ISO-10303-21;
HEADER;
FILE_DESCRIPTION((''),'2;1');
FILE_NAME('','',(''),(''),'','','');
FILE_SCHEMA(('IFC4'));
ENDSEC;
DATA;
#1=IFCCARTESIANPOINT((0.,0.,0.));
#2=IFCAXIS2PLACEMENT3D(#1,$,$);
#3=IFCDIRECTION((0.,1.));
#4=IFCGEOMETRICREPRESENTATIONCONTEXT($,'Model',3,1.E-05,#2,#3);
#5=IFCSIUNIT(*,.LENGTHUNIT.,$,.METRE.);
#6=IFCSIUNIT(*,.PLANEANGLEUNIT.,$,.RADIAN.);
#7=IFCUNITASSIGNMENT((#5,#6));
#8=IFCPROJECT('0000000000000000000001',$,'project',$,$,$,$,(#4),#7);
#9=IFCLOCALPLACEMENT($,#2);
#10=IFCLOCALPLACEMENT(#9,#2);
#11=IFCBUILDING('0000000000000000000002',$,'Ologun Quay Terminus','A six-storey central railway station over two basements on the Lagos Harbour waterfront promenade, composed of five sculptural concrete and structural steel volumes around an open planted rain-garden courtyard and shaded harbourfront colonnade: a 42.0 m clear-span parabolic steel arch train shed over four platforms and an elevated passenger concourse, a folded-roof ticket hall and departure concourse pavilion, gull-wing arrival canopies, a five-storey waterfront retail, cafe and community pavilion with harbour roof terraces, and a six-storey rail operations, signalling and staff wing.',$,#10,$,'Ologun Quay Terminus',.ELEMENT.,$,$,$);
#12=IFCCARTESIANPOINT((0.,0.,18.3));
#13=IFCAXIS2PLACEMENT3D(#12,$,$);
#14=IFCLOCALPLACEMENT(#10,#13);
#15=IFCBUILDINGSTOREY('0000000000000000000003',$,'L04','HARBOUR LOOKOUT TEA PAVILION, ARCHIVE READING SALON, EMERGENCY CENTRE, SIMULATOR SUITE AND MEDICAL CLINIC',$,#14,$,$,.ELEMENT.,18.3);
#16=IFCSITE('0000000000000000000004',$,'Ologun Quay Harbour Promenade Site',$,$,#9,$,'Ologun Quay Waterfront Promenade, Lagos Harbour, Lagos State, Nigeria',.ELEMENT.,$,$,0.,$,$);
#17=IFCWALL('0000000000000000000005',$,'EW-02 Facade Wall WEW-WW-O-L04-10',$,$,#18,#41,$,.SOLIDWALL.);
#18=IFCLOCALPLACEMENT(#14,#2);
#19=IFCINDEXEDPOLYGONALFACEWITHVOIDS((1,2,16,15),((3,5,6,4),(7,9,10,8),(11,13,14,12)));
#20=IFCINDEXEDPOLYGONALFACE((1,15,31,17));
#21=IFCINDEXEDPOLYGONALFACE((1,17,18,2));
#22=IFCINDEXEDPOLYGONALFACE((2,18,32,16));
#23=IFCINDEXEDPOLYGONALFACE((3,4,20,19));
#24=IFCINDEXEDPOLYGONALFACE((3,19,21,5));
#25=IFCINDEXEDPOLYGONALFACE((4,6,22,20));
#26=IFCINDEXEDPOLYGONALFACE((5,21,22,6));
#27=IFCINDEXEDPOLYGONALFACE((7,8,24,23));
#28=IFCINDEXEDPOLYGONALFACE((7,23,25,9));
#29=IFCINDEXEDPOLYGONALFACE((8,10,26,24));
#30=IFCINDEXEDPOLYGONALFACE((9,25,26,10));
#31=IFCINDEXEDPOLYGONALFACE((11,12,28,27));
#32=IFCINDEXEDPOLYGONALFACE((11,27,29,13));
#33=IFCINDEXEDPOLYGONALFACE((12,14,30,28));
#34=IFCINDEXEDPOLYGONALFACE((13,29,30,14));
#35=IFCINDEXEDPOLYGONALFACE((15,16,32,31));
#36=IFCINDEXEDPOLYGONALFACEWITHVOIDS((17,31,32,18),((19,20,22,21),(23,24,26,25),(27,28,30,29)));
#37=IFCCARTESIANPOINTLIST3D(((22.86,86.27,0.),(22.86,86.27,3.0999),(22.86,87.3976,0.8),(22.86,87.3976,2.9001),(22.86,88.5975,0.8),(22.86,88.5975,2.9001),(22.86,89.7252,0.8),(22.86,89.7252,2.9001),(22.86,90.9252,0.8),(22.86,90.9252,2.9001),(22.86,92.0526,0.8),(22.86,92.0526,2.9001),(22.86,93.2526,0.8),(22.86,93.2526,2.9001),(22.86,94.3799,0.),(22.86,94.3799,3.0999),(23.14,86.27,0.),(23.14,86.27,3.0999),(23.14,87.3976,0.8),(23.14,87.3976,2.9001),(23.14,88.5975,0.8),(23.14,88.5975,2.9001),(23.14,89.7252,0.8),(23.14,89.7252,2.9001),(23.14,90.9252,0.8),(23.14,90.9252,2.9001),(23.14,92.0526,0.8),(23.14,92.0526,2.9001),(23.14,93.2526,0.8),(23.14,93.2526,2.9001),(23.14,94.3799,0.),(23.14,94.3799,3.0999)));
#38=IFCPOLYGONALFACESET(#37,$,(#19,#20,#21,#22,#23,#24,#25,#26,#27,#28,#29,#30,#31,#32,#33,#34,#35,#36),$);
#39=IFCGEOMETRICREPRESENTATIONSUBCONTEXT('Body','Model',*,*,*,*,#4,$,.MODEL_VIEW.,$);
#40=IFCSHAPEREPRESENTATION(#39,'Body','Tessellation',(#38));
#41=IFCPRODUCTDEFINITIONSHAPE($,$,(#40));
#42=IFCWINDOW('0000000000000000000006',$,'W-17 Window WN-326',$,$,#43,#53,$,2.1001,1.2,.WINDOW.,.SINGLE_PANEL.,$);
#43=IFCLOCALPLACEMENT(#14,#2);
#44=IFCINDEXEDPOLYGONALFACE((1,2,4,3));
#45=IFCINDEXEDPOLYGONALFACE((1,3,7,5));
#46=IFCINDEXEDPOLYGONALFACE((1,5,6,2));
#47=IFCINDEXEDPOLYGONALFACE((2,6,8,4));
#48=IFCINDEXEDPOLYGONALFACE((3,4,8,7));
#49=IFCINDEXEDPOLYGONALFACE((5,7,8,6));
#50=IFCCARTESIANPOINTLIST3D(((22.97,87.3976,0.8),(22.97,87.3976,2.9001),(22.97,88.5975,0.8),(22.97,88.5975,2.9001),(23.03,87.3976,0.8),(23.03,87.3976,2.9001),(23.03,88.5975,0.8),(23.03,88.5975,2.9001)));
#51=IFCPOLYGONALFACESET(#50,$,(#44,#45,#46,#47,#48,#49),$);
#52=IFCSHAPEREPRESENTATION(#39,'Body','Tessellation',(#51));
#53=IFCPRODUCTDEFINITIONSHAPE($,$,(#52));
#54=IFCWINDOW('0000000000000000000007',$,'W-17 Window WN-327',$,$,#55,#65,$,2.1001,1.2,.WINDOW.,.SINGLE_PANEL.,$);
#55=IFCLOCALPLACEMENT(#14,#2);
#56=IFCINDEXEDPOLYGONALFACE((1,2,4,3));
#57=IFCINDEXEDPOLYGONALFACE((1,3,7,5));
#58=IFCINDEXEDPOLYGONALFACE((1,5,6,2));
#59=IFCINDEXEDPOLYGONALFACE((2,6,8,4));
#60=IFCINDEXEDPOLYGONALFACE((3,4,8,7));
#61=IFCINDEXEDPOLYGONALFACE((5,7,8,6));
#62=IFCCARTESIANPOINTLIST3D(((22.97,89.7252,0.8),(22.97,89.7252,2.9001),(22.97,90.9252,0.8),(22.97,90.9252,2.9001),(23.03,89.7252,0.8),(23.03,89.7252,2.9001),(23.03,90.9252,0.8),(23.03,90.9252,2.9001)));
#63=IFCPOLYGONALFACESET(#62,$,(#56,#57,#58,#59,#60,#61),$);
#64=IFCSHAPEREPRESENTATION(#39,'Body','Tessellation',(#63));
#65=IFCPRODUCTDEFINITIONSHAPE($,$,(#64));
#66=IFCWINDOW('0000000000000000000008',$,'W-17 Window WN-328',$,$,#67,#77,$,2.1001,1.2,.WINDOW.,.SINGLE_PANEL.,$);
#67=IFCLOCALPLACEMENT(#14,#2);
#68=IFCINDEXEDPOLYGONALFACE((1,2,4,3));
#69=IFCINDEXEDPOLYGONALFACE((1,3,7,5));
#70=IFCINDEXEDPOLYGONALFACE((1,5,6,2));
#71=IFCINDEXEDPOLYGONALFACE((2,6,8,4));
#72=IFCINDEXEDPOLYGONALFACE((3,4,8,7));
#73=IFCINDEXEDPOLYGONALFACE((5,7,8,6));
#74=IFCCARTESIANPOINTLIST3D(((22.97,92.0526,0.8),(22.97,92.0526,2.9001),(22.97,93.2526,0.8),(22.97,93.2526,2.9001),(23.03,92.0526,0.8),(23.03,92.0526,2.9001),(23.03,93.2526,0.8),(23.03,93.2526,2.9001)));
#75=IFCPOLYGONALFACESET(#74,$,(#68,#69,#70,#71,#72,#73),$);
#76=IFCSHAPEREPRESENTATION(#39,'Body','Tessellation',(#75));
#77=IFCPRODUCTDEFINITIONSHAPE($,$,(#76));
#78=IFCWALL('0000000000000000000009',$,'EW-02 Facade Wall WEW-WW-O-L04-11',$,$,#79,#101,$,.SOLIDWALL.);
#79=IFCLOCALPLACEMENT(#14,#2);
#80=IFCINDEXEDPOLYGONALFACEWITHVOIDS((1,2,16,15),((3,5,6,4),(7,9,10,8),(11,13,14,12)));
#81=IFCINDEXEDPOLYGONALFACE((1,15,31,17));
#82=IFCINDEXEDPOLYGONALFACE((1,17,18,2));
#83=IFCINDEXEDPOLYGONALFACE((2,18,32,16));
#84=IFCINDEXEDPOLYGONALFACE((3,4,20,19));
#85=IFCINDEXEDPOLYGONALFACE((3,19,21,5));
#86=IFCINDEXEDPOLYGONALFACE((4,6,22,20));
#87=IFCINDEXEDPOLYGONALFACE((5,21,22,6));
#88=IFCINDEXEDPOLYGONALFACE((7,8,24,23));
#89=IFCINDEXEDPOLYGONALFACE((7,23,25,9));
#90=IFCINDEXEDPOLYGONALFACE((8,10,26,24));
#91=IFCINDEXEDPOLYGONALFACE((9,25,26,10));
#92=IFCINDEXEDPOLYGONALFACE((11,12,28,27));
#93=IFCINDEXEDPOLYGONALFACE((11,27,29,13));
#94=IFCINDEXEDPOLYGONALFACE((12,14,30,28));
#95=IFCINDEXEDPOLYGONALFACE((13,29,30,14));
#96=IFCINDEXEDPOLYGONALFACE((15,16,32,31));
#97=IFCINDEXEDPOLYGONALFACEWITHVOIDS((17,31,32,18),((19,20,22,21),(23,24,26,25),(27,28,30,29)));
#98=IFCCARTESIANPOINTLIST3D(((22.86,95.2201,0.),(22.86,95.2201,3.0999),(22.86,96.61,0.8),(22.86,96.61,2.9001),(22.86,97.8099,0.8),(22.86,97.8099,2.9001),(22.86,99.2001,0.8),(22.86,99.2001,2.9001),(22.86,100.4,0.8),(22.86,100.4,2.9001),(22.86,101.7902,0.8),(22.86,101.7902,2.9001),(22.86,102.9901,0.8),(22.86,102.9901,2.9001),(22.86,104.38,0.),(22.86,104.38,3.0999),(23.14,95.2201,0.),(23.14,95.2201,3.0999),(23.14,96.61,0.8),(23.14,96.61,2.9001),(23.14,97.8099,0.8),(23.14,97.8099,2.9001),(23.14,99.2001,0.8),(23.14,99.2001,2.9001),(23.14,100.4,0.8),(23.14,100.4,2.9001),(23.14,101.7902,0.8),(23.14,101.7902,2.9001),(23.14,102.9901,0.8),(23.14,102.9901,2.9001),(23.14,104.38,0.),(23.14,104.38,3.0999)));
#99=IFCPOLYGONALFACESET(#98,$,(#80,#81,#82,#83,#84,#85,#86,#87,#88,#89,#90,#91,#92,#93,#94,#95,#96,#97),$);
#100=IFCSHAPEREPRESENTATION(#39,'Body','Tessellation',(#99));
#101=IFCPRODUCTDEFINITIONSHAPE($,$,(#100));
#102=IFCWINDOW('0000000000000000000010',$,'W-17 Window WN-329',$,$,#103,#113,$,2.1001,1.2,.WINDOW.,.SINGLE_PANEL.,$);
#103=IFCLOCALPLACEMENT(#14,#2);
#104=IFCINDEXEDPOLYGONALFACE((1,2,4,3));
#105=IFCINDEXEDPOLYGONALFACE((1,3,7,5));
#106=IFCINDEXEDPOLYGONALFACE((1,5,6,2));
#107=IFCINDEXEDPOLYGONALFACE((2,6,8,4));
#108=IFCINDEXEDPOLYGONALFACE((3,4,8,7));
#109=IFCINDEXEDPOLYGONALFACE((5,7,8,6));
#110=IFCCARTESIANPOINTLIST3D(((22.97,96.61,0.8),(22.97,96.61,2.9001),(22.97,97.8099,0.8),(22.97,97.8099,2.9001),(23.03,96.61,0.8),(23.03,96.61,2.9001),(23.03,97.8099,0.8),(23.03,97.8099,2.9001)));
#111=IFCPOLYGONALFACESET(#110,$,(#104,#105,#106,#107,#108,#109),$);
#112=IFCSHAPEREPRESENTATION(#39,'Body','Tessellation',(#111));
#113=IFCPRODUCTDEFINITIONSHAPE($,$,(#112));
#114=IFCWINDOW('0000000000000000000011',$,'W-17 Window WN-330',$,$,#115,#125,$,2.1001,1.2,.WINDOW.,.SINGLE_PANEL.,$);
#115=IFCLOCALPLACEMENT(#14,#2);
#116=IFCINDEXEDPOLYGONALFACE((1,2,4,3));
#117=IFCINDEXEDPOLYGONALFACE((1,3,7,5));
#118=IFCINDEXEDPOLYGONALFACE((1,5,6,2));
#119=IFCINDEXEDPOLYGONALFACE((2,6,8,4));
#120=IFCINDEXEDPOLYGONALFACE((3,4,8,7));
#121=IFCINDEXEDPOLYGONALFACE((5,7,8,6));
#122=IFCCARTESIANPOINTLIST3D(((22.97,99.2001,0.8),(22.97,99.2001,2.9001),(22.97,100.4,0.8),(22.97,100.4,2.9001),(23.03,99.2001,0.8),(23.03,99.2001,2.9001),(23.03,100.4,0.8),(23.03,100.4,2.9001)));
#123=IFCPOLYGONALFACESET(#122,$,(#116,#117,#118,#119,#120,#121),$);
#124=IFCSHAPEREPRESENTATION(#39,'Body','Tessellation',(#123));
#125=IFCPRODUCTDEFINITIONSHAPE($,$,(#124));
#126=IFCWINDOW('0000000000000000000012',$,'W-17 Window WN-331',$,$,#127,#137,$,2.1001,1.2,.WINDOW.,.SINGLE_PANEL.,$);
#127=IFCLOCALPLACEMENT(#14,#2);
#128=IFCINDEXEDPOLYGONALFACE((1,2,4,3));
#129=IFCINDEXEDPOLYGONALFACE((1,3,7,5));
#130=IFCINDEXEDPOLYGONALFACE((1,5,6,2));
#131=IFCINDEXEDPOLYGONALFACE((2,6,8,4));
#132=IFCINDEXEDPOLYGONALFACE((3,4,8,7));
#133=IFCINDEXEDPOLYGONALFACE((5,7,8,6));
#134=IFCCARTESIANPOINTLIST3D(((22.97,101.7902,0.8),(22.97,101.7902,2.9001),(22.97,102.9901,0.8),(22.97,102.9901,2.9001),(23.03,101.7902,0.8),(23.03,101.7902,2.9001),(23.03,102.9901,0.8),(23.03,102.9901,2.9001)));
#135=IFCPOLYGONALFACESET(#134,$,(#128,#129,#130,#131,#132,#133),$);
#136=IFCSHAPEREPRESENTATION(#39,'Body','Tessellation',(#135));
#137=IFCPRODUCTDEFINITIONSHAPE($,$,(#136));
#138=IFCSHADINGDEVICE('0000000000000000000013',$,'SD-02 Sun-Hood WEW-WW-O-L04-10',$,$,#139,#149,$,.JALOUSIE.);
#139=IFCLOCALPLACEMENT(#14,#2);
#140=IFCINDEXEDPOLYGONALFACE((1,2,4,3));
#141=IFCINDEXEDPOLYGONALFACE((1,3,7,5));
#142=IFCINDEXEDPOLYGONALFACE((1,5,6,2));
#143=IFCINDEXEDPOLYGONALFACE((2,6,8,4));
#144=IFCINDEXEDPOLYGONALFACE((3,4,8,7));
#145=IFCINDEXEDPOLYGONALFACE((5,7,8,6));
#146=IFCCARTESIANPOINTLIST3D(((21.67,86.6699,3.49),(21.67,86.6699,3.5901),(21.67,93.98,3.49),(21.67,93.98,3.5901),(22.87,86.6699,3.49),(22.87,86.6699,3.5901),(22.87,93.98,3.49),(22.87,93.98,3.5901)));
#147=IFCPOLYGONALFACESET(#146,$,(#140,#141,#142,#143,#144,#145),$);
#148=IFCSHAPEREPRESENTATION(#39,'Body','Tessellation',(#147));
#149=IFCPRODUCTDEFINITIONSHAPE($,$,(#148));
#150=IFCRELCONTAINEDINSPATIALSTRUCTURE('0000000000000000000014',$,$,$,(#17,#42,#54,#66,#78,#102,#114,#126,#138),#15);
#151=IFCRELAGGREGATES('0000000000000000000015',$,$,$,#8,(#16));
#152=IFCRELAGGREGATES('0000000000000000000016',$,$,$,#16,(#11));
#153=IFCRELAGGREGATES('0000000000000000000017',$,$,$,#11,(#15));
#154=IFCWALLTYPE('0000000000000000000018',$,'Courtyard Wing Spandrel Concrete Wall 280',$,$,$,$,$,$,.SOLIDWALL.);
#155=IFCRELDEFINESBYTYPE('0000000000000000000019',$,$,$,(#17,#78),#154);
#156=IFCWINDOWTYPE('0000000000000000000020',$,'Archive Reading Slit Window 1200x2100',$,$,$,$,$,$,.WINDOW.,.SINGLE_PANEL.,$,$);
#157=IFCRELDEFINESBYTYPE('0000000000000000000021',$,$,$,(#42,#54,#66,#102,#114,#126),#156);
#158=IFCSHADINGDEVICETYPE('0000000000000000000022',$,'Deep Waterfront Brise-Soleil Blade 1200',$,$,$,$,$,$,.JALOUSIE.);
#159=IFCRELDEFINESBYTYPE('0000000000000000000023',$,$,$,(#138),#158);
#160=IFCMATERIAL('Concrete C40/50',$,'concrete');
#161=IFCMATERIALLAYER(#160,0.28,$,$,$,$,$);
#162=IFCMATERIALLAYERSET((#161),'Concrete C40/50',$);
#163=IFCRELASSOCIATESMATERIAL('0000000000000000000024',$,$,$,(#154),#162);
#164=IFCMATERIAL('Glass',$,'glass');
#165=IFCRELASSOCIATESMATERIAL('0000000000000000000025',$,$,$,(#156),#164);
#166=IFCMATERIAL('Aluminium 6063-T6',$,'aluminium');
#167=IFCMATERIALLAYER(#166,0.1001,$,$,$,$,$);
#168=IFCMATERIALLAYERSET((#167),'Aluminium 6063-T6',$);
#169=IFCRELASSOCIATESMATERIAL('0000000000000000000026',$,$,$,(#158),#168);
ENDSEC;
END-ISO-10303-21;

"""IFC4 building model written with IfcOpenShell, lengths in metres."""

from ifc_helpers import new_model, si_unit, direction, frame, frame_2d, origin, origin_2d, place, context, subcontext, project, spatial, rectangle, extrude, material, layer, layer_set, type_object, element, fill, save


model = new_model("IFC4")

# Units and contexts
model_context = context("Model", 3, precision=1e-05, world=origin(), true_north=direction((0.0, 1.0)))
body_context = subcontext(model_context, "Body", "Model", "MODEL_VIEW")
ifc_project = project(units=[si_unit("LENGTHUNIT", "METRE"), si_unit("PLANEANGLEUNIT", "RADIAN")], contexts=[model_context])

# Site, building, storey
site_placement = place(None, origin())
site = spatial("IfcSite", under=ifc_project, at=site_placement, Name="Ologun Quay Harbour Promenade Site", LongName="Ologun Quay Waterfront Promenade, Lagos Harbour, Lagos State, Nigeria", CompositionType="ELEMENT", RefElevation=0.0)
building_placement = place(site_placement, origin())
building = spatial("IfcBuilding", under=site, at=building_placement, Name="Ologun Quay Terminus", Description="A six-storey central railway station over two basements on the Lagos Harbour waterfront promenade, composed of five sculptural concrete and structural steel volumes around an open planted rain-garden courtyard and shaded harbourfront colonnade: a 42.0 m clear-span parabolic steel arch train shed over four platforms and an elevated passenger concourse, a folded-roof ticket hall and departure concourse pavilion, gull-wing arrival canopies, a five-storey waterfront retail, cafe and community pavilion with harbour roof terraces, and a six-storey rail operations, signalling and staff wing.", LongName="Ologun Quay Terminus", CompositionType="ELEMENT")
storey_placement = place(building_placement, frame((0.0, 0.0, 18.3)))
storey = spatial("IfcBuildingStorey", under=building, at=storey_placement, Name="L04", Description="HARBOUR LOOKOUT TEA PAVILION, ARCHIVE READING SALON, EMERGENCY CENTRE, SIMULATOR SUITE AND MEDICAL CLINIC", CompositionType="ELEMENT", Elevation=18.3)

# Walls, openings, windows
ifc_material_1 = material(Name="Concrete C40/50", Category="concrete")
ifc_layer_1 = layer(ifc_material_1, 0.28)
ifc_layer_set_1 = layer_set([ifc_layer_1], Name="Concrete C40/50")
wall_type_1 = type_object("IfcWallType", Name="Courtyard Wing Spandrel Concrete Wall 280", PredefinedType="SOLIDWALL", material=ifc_layer_set_1)
wall_1_placement = place(storey_placement, frame((23.0, 86.27, 0.0), z_axis=(0.0, 0.0, 1.0), x_axis=(0.0, 1.0, 0.0)))
wall_1 = element("IfcWall", 1, at=wall_1_placement, inside=storey, type_object=wall_type_1, Name="EW-02 Facade Wall WEW-WW-O-L04-10", PredefinedType="SOLIDWALL", context=body_context, shape_type="SweptSolid", body=[
    extrude(rectangle(XDim=8.1099, YDim=0.28, at=frame_2d((4.0549, 0.0))), origin(), (0.0, 0.0, 1.0), 3.0999),
])
opening_1_placement = place(wall_1_placement, frame((1.1274, 0.0, 0.8)))
opening_1 = element("IfcOpeningElement", 2, at=opening_1_placement, cuts=wall_1, PredefinedType="OPENING", context=body_context, shape_type="SweptSolid", body=[
    extrude(rectangle(XDim=1.2, YDim=2.1001, at=frame_2d((0.6001, 1.05))), frame((0.0, 0.1499, 0.0), z_axis=(0.0, -1.0, 0.0), x_axis=(1.0, 0.0, 0.0)), (0.0, 0.0, 1.0), 0.3),
])
opening_2_placement = place(wall_1_placement, frame((3.4551, 0.0, 0.8)))
opening_2 = element("IfcOpeningElement", 3, at=opening_2_placement, cuts=wall_1, PredefinedType="OPENING", context=body_context, shape_type="SweptSolid", body=[
    extrude(rectangle(XDim=1.2, YDim=2.1001, at=frame_2d((0.6001, 1.05))), frame((0.0, 0.1499, 0.0), z_axis=(0.0, -1.0, 0.0), x_axis=(1.0, 0.0, 0.0)), (0.0, 0.0, 1.0), 0.3),
])
opening_3_placement = place(wall_1_placement, frame((5.7825, 0.0, 0.8)))
opening_3 = element("IfcOpeningElement", 4, at=opening_3_placement, cuts=wall_1, PredefinedType="OPENING", context=body_context, shape_type="SweptSolid", body=[
    extrude(rectangle(XDim=1.2, YDim=2.1001, at=frame_2d((0.6001, 1.05))), frame((0.0, 0.1499, 0.0), z_axis=(0.0, -1.0, 0.0), x_axis=(1.0, 0.0, 0.0)), (0.0, 0.0, 1.0), 0.3),
])
ifc_material_2 = material(Name="Glass", Category="glass")
window_type = type_object("IfcWindowType", Name="Archive Reading Slit Window 1200x2100", PartitioningType="SINGLE_PANEL", PredefinedType="WINDOW", material=ifc_material_2)
window_1_placement = place(opening_1_placement, origin())
window_1 = element("IfcWindow", 5, at=window_1_placement, inside=storey, type_object=window_type, Name="W-17 Window WN-326", OverallHeight=2.1001, OverallWidth=1.2, PartitioningType="SINGLE_PANEL", PredefinedType="WINDOW", context=body_context, shape_type="SweptSolid", body=[
    extrude(rectangle(XDim=1.2, YDim=2.1001, at=frame_2d((0.6001, 1.05))), frame((0.0, 0.03, 0.0), z_axis=(0.0, -1.0, 0.0), x_axis=(1.0, 0.0, 0.0)), (0.0, 0.0, 1.0), 0.0601),
])
fill(opening_1, window_1)
window_2_placement = place(opening_2_placement, origin())
window_2 = element("IfcWindow", 6, at=window_2_placement, inside=storey, type_object=window_type, Name="W-17 Window WN-327", OverallHeight=2.1001, OverallWidth=1.2, PartitioningType="SINGLE_PANEL", PredefinedType="WINDOW", context=body_context, shape_type="SweptSolid", body=[
    extrude(rectangle(XDim=1.2, YDim=2.1001, at=frame_2d((0.6001, 1.05))), frame((0.0, 0.03, 0.0), z_axis=(0.0, -1.0, 0.0), x_axis=(1.0, 0.0, 0.0)), (0.0, 0.0, 1.0), 0.0601),
])
fill(opening_2, window_2)
window_3_placement = place(opening_3_placement, origin())
window_3 = element("IfcWindow", 7, at=window_3_placement, inside=storey, type_object=window_type, Name="W-17 Window WN-328", OverallHeight=2.1001, OverallWidth=1.2, PartitioningType="SINGLE_PANEL", PredefinedType="WINDOW", context=body_context, shape_type="SweptSolid", body=[
    extrude(rectangle(XDim=1.2, YDim=2.1001, at=frame_2d((0.6001, 1.05))), frame((0.0, 0.03, 0.0), z_axis=(0.0, -1.0, 0.0), x_axis=(1.0, 0.0, 0.0)), (0.0, 0.0, 1.0), 0.0601),
])
fill(opening_3, window_3)
wall_2_placement = place(storey_placement, frame((23.0, 95.22, 0.0), z_axis=(0.0, 0.0, 1.0), x_axis=(0.0, 1.0, 0.0)))
wall_2 = element("IfcWall", 8, at=wall_2_placement, inside=storey, type_object=wall_type_1, Name="EW-02 Facade Wall WEW-WW-O-L04-11", PredefinedType="SOLIDWALL", context=body_context, shape_type="SweptSolid", body=[
    extrude(rectangle(XDim=9.1599, YDim=0.28, at=frame_2d((4.5801, 0.0))), origin(), (0.0, 0.0, 1.0), 3.0999),
])
opening_4_placement = place(wall_2_placement, frame((1.3899, 0.0, 0.8)))
opening_4 = element("IfcOpeningElement", 9, at=opening_4_placement, cuts=wall_2, PredefinedType="OPENING", context=body_context, shape_type="SweptSolid", body=[
    extrude(rectangle(XDim=1.2, YDim=2.1001, at=frame_2d((0.6001, 1.05))), frame((0.0, 0.1499, 0.0), z_axis=(0.0, -1.0, 0.0), x_axis=(1.0, 0.0, 0.0)), (0.0, 0.0, 1.0), 0.3),
])
opening_5_placement = place(wall_2_placement, frame((3.98, 0.0, 0.8)))
opening_5 = element("IfcOpeningElement", 10, at=opening_5_placement, cuts=wall_2, PredefinedType="OPENING", context=body_context, shape_type="SweptSolid", body=[
    extrude(rectangle(XDim=1.2, YDim=2.1001, at=frame_2d((0.6001, 1.05))), frame((0.0, 0.1499, 0.0), z_axis=(0.0, -1.0, 0.0), x_axis=(1.0, 0.0, 0.0)), (0.0, 0.0, 1.0), 0.3),
])
opening_6_placement = place(wall_2_placement, frame((6.5701, 0.0, 0.8)))
opening_6 = element("IfcOpeningElement", 11, at=opening_6_placement, cuts=wall_2, PredefinedType="OPENING", context=body_context, shape_type="SweptSolid", body=[
    extrude(rectangle(XDim=1.2, YDim=2.1001, at=frame_2d((0.6001, 1.05))), frame((0.0, 0.1499, 0.0), z_axis=(0.0, -1.0, 0.0), x_axis=(1.0, 0.0, 0.0)), (0.0, 0.0, 1.0), 0.3),
])
window_4_placement = place(opening_4_placement, origin())
window_4 = element("IfcWindow", 12, at=window_4_placement, inside=storey, type_object=window_type, Name="W-17 Window WN-329", OverallHeight=2.1001, OverallWidth=1.2, PartitioningType="SINGLE_PANEL", PredefinedType="WINDOW", context=body_context, shape_type="SweptSolid", body=[
    extrude(rectangle(XDim=1.2, YDim=2.1001, at=frame_2d((0.6001, 1.05))), frame((0.0, 0.03, 0.0), z_axis=(0.0, -1.0, 0.0), x_axis=(1.0, 0.0, 0.0)), (0.0, 0.0, 1.0), 0.0601),
])
fill(opening_4, window_4)
window_5_placement = place(opening_5_placement, origin())
window_5 = element("IfcWindow", 13, at=window_5_placement, inside=storey, type_object=window_type, Name="W-17 Window WN-330", OverallHeight=2.1001, OverallWidth=1.2, PartitioningType="SINGLE_PANEL", PredefinedType="WINDOW", context=body_context, shape_type="SweptSolid", body=[
    extrude(rectangle(XDim=1.2, YDim=2.1001, at=frame_2d((0.6001, 1.05))), frame((0.0, 0.03, 0.0), z_axis=(0.0, -1.0, 0.0), x_axis=(1.0, 0.0, 0.0)), (0.0, 0.0, 1.0), 0.0601),
])
fill(opening_5, window_5)
window_6_placement = place(opening_6_placement, origin())
window_6 = element("IfcWindow", 14, at=window_6_placement, inside=storey, type_object=window_type, Name="W-17 Window WN-331", OverallHeight=2.1001, OverallWidth=1.2, PartitioningType="SINGLE_PANEL", PredefinedType="WINDOW", context=body_context, shape_type="SweptSolid", body=[
    extrude(rectangle(XDim=1.2, YDim=2.1001, at=frame_2d((0.6001, 1.05))), frame((0.0, 0.03, 0.0), z_axis=(0.0, -1.0, 0.0), x_axis=(1.0, 0.0, 0.0)), (0.0, 0.0, 1.0), 0.0601),
])
fill(opening_6, window_6)

# Shading device
ifc_material_3 = material(Name="Aluminium 6063-T6", Category="aluminium")
ifc_layer_2 = layer(ifc_material_3, 0.1001)
ifc_layer_set_2 = layer_set([ifc_layer_2], Name="Aluminium 6063-T6")
shading_device_type = type_object("IfcShadingDeviceType", Name="Deep Waterfront Brise-Soleil Blade 1200", PredefinedType="JALOUSIE", material=ifc_layer_set_2)
shading_device_placement = place(storey_placement, frame((22.27, 90.325, 3.49), z_axis=(0.0, 0.0, 1.0), x_axis=(1.0, 0.0, 0.0)))
element("IfcShadingDevice", 15, at=shading_device_placement, inside=storey, type_object=shading_device_type, Name="SD-02 Sun-Hood WEW-WW-O-L04-10", PredefinedType="JALOUSIE", context=body_context, shape_type="SweptSolid", body=[
    extrude(rectangle(XDim=1.2, YDim=7.3101, at=origin_2d()), origin(), (0.0, 0.0, 1.0), 0.1001),
])

save(model, "model.ifc")
